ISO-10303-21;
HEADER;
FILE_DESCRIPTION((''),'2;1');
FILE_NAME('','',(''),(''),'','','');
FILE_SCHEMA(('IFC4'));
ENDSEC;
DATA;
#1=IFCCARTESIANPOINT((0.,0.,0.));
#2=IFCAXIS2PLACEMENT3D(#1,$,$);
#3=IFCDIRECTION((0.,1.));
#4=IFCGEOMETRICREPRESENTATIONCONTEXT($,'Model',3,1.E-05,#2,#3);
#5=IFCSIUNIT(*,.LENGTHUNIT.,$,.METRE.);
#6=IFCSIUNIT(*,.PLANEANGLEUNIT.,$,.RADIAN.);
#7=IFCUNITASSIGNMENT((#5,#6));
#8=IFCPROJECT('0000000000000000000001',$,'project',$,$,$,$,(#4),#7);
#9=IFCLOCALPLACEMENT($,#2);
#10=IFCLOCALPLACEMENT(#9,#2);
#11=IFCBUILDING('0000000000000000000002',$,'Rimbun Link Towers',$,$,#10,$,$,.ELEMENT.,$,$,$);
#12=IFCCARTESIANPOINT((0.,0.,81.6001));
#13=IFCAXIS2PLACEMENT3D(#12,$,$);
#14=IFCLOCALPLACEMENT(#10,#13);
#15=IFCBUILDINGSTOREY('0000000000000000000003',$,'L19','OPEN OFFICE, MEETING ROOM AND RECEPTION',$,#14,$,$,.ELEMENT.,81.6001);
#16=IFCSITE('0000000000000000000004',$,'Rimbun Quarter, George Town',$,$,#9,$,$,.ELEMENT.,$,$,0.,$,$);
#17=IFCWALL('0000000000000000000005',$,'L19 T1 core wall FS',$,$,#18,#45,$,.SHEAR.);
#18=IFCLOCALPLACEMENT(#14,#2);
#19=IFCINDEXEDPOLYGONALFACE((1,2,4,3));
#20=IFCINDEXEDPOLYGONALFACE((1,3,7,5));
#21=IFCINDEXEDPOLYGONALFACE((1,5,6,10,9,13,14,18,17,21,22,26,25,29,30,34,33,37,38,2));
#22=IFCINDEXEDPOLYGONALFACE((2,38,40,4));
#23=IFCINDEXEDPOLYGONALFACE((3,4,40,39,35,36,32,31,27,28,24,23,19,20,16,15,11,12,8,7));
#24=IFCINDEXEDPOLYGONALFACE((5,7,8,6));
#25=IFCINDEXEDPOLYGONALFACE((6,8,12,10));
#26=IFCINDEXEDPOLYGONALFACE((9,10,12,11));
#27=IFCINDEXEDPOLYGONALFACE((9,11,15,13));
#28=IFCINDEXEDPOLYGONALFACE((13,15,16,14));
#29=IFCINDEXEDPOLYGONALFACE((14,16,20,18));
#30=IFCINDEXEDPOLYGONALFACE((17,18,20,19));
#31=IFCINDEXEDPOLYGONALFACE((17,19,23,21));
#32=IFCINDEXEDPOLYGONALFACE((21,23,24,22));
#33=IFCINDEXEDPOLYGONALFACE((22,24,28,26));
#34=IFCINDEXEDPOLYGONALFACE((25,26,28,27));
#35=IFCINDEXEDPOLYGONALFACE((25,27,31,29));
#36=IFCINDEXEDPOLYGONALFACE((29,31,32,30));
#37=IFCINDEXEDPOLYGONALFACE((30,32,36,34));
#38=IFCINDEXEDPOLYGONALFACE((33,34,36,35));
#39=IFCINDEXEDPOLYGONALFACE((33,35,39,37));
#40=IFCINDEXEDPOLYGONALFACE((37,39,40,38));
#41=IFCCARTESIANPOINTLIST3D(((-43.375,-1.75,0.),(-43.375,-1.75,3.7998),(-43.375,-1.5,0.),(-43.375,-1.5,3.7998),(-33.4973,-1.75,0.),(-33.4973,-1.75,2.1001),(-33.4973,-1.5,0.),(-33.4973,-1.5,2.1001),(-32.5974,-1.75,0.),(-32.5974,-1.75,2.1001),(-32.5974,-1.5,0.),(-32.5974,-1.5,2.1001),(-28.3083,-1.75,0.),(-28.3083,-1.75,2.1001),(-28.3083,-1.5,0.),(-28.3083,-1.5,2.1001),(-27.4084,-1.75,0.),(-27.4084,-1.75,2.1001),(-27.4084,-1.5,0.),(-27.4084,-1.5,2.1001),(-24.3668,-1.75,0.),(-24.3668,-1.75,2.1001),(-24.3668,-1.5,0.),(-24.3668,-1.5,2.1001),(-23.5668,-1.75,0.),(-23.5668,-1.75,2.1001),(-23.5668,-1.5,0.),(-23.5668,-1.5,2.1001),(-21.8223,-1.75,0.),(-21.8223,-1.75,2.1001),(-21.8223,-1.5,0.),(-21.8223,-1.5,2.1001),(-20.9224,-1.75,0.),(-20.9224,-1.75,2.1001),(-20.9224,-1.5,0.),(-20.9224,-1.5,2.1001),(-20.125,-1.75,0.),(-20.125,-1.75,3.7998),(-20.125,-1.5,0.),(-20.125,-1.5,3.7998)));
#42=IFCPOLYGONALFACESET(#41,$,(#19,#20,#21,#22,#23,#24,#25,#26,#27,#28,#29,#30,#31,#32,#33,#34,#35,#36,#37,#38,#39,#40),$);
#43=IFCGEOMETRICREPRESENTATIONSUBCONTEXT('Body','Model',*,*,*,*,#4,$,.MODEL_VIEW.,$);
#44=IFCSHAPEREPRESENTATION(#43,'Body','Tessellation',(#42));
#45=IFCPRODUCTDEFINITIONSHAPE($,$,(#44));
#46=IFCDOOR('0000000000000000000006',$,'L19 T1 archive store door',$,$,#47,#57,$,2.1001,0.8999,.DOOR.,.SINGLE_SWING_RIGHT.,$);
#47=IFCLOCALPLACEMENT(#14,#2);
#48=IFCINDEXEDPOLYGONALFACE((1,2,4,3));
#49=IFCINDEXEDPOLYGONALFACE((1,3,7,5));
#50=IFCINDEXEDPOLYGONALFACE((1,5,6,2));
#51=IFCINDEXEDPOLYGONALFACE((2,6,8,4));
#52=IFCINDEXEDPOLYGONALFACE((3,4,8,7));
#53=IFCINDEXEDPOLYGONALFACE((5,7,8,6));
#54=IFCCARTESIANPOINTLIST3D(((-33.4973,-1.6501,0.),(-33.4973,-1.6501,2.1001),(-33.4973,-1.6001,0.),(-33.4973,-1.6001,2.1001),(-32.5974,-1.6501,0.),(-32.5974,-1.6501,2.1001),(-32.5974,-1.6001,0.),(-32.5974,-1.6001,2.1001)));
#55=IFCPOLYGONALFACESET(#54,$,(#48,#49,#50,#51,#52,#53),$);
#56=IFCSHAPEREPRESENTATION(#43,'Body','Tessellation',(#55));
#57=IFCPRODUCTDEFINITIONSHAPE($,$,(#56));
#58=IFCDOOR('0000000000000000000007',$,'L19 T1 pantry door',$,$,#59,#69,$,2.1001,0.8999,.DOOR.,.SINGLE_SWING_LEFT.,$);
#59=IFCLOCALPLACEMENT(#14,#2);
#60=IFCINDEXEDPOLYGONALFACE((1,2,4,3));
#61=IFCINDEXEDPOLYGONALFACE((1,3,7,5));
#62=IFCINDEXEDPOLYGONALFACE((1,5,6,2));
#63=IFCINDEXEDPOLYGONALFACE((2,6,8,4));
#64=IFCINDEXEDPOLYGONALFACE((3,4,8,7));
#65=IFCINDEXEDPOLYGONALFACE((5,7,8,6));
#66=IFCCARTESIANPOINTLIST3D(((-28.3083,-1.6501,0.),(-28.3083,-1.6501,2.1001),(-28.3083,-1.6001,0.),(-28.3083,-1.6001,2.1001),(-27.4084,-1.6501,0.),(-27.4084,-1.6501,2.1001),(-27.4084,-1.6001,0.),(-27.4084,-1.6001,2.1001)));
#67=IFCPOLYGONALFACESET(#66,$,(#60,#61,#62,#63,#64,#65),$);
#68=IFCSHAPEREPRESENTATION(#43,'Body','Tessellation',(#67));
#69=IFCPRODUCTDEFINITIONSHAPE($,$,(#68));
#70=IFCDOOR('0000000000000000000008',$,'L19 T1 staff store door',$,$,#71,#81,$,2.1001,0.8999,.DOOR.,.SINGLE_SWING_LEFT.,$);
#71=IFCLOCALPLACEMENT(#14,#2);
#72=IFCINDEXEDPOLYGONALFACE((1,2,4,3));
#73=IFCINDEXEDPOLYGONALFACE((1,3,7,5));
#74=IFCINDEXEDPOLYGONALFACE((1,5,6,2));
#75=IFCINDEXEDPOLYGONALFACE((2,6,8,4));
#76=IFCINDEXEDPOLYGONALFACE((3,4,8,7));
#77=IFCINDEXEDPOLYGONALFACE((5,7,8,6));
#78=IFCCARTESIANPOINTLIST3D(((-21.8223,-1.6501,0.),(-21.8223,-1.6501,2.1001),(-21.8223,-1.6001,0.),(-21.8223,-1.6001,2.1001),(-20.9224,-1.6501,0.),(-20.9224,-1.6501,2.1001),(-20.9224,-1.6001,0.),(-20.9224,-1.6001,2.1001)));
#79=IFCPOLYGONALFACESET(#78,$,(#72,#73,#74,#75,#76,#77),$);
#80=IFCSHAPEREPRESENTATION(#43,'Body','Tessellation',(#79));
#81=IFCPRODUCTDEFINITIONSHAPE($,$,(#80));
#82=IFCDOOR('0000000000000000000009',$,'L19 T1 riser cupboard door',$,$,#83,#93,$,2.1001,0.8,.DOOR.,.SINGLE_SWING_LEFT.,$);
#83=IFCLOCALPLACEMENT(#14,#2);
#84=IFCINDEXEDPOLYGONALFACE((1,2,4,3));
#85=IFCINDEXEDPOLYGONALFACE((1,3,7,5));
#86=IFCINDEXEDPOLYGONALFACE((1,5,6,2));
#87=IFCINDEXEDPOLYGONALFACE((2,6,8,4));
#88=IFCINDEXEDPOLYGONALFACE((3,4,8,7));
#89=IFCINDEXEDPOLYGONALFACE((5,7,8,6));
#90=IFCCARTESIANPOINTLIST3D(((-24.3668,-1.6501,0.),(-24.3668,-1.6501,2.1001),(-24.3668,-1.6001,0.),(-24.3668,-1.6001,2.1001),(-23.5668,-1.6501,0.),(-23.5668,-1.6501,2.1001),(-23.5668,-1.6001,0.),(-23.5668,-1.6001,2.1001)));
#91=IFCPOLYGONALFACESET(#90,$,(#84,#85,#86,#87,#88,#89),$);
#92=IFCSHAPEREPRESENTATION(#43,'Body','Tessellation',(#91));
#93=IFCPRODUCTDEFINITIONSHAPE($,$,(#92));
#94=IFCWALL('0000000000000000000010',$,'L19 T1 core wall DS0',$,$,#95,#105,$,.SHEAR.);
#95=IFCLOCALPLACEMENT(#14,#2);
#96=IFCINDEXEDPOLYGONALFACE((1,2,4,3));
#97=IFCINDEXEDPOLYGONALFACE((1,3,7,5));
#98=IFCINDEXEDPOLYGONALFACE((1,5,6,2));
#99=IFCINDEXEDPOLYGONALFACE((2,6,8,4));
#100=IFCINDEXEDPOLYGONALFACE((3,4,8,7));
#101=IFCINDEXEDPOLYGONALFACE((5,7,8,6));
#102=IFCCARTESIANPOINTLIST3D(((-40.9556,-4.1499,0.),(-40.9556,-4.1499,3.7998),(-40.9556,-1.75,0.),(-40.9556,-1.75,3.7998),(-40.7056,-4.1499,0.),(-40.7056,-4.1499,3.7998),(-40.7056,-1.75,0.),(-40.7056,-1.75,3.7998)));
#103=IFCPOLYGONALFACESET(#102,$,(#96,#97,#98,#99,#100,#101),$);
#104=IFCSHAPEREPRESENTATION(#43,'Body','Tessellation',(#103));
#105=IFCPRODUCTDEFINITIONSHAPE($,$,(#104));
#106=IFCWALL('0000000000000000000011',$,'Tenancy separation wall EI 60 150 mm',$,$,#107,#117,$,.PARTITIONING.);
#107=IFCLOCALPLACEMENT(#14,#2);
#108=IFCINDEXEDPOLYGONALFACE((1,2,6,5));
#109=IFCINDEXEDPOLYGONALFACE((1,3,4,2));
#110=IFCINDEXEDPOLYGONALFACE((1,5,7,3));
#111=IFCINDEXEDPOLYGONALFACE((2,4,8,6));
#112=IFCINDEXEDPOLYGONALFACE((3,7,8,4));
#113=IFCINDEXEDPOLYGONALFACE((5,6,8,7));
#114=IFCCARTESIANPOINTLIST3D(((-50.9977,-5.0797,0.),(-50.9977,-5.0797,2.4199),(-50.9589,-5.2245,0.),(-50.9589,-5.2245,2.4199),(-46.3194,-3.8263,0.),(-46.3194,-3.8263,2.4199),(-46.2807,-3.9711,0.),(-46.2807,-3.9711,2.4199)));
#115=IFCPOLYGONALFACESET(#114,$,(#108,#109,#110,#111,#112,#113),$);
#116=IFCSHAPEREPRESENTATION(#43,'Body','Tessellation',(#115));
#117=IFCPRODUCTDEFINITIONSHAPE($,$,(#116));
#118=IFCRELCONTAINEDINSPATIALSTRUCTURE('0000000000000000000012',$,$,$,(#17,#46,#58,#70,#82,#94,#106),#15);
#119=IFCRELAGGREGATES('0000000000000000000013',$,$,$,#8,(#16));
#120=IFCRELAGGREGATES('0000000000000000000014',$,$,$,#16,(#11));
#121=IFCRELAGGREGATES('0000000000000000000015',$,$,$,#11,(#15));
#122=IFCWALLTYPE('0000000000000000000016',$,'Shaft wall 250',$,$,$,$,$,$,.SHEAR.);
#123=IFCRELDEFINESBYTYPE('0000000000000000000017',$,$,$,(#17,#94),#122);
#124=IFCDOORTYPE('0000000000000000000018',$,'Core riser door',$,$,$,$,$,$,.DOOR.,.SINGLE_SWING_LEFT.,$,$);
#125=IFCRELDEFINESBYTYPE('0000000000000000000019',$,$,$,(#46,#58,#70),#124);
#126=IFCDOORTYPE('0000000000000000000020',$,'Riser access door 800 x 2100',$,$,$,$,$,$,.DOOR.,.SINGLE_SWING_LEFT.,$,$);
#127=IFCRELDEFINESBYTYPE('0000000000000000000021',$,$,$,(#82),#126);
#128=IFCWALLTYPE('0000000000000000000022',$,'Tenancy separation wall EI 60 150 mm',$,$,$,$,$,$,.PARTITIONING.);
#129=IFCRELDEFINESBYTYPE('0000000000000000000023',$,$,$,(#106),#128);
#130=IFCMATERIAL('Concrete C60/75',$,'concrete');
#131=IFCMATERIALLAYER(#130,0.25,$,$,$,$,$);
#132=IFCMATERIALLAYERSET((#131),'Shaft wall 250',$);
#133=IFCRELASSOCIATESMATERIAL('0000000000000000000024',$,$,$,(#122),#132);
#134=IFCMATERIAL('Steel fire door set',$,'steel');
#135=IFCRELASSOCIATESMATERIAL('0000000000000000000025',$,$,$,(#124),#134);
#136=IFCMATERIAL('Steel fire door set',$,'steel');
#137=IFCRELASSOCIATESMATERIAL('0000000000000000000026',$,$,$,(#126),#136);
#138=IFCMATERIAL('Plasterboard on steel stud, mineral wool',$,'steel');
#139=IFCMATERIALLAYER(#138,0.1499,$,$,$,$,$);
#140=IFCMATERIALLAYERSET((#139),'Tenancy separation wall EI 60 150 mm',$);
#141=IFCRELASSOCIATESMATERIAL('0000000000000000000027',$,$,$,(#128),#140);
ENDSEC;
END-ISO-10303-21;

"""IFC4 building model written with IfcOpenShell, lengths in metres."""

from ifc_helpers import new_model, si_unit, direction, frame, frame_2d, origin, place, context, subcontext, project, spatial, rectangle, extrude, material, layer, layer_set, type_object, element, fill, save


model = new_model("IFC4")

# Units and contexts
model_context = context("Model", 3, precision=1e-05, world=origin(), true_north=direction((0.0, 1.0)))
body_context = subcontext(model_context, "Body", "Model", "MODEL_VIEW")
ifc_project = project(units=[si_unit("LENGTHUNIT", "METRE"), si_unit("PLANEANGLEUNIT", "RADIAN")], contexts=[model_context])

# Site, building, storey
site_placement = place(None, origin())
site = spatial("IfcSite", under=ifc_project, at=site_placement, Name="Rimbun Quarter, George Town", CompositionType="ELEMENT", RefElevation=0.0)
building_placement = place(site_placement, origin())
building = spatial("IfcBuilding", under=site, at=building_placement, Name="Rimbun Link Towers", CompositionType="ELEMENT")
storey_placement = place(building_placement, frame((0.0, 0.0, 81.6001)))
storey = spatial("IfcBuildingStorey", under=building, at=storey_placement, Name="L19", Description="OPEN OFFICE, MEETING ROOM AND RECEPTION", CompositionType="ELEMENT", Elevation=81.6001)

# Shared definitions
ifc_material_1 = material(Name="Concrete C60/75", Category="concrete")
ifc_layer_1 = layer(ifc_material_1, 0.25)
ifc_layer_set_1 = layer_set([ifc_layer_1], Name="Shaft wall 250")
wall_type_1 = type_object("IfcWallType", Name="Shaft wall 250", PredefinedType="SHEAR", material=ifc_layer_set_1)

# Wall, openings, doors
wall_1_placement = place(storey_placement, frame((-43.375, -1.625, 0.0), z_axis=(0.0, 0.0, 1.0), x_axis=(1.0, 0.0, 0.0)))
wall_1 = element("IfcWall", 1, at=wall_1_placement, inside=storey, type_object=wall_type_1, Name="L19 T1 core wall FS", PredefinedType="SHEAR", context=body_context, shape_type="SweptSolid", body=[
    extrude(rectangle(XDim=23.25, YDim=0.25, at=frame_2d((11.625, 0.0))), origin(), (0.0, 0.0, 1.0), 3.7998),
])
opening_1_placement = place(wall_1_placement, frame((9.8777, 0.0, 0.0)))
opening_1 = element("IfcOpeningElement", 2, at=opening_1_placement, cuts=wall_1, PredefinedType="OPENING", context=body_context, shape_type="SweptSolid", body=[
    extrude(rectangle(XDim=0.8999, YDim=2.1001, at=frame_2d((0.45, 1.05))), frame((0.0, 0.135, 0.0), z_axis=(0.0, -1.0, 0.0), x_axis=(1.0, 0.0, 0.0)), (0.0, 0.0, 1.0), 0.27),
])
opening_2_placement = place(wall_1_placement, frame((15.0667, 0.0, 0.0)))
opening_2 = element("IfcOpeningElement", 3, at=opening_2_placement, cuts=wall_1, PredefinedType="OPENING", context=body_context, shape_type="SweptSolid", body=[
    extrude(rectangle(XDim=0.8999, YDim=2.1001, at=frame_2d((0.45, 1.05))), frame((0.0, 0.135, 0.0), z_axis=(0.0, -1.0, 0.0), x_axis=(1.0, 0.0, 0.0)), (0.0, 0.0, 1.0), 0.27),
])
opening_3_placement = place(wall_1_placement, frame((19.0083, 0.0, 0.0)))
opening_3 = element("IfcOpeningElement", 4, at=opening_3_placement, cuts=wall_1, PredefinedType="OPENING", context=body_context, shape_type="SweptSolid", body=[
    extrude(rectangle(XDim=0.8, YDim=2.1001, at=frame_2d((0.3999, 1.05))), frame((0.0, 0.135, 0.0), z_axis=(0.0, -1.0, 0.0), x_axis=(1.0, 0.0, 0.0)), (0.0, 0.0, 1.0), 0.27),
])
opening_4_placement = place(wall_1_placement, frame((21.5527, 0.0, 0.0)))
opening_4 = element("IfcOpeningElement", 5, at=opening_4_placement, cuts=wall_1, PredefinedType="OPENING", context=body_context, shape_type="SweptSolid", body=[
    extrude(rectangle(XDim=0.8999, YDim=2.1001, at=frame_2d((0.45, 1.05))), frame((0.0, 0.135, 0.0), z_axis=(0.0, -1.0, 0.0), x_axis=(1.0, 0.0, 0.0)), (0.0, 0.0, 1.0), 0.27),
])
ifc_material_2 = material(Name="Steel fire door set", Category="steel")
door_type_1 = type_object("IfcDoorType", Name="Core riser door", OperationType="SINGLE_SWING_LEFT", PredefinedType="DOOR", material=ifc_material_2)
door_1_placement = place(opening_1_placement, origin())
door_1 = element("IfcDoor", 6, at=door_1_placement, inside=storey, type_object=door_type_1, Name="L19 T1 archive store door", OperationType="SINGLE_SWING_RIGHT", OverallHeight=2.1001, OverallWidth=0.8999, PredefinedType="DOOR", context=body_context, shape_type="SweptSolid", body=[
    extrude(rectangle(XDim=0.8999, YDim=2.1001, at=frame_2d((0.45, 1.05))), frame((0.0, 0.0249, 0.0), z_axis=(0.0, -1.0, 0.0), x_axis=(1.0, 0.0, 0.0)), (0.0, 0.0, 1.0), 0.05),
])
fill(opening_1, door_1)
door_2_placement = place(opening_2_placement, origin())
door_2 = element("IfcDoor", 7, at=door_2_placement, inside=storey, type_object=door_type_1, Name="L19 T1 pantry door", OperationType="SINGLE_SWING_LEFT", OverallHeight=2.1001, OverallWidth=0.8999, PredefinedType="DOOR", context=body_context, shape_type="SweptSolid", body=[
    extrude(rectangle(XDim=0.8999, YDim=2.1001, at=frame_2d((0.45, 1.05))), frame((0.0, 0.0249, 0.0), z_axis=(0.0, -1.0, 0.0), x_axis=(1.0, 0.0, 0.0)), (0.0, 0.0, 1.0), 0.05),
])
fill(opening_2, door_2)
door_3_placement = place(opening_4_placement, origin())
door_3 = element("IfcDoor", 8, at=door_3_placement, inside=storey, type_object=door_type_1, Name="L19 T1 staff store door", OperationType="SINGLE_SWING_LEFT", OverallHeight=2.1001, OverallWidth=0.8999, PredefinedType="DOOR", context=body_context, shape_type="SweptSolid", body=[
    extrude(rectangle(XDim=0.8999, YDim=2.1001, at=frame_2d((0.45, 1.05))), frame((0.0, 0.0249, 0.0), z_axis=(0.0, -1.0, 0.0), x_axis=(1.0, 0.0, 0.0)), (0.0, 0.0, 1.0), 0.05),
])
fill(opening_4, door_3)
ifc_material_3 = material(Name="Steel fire door set", Category="steel")
door_type_2 = type_object("IfcDoorType", Name="Riser access door 800 x 2100", OperationType="SINGLE_SWING_LEFT", PredefinedType="DOOR", material=ifc_material_3)
door_4_placement = place(opening_3_placement, origin())
door_4 = element("IfcDoor", 9, at=door_4_placement, inside=storey, type_object=door_type_2, Name="L19 T1 riser cupboard door", OperationType="SINGLE_SWING_LEFT", OverallHeight=2.1001, OverallWidth=0.8, PredefinedType="DOOR", context=body_context, shape_type="SweptSolid", body=[
    extrude(rectangle(XDim=0.8, YDim=2.1001, at=frame_2d((0.3999, 1.05))), frame((0.0, 0.0249, 0.0), z_axis=(0.0, -1.0, 0.0), x_axis=(1.0, 0.0, 0.0)), (0.0, 0.0, 1.0), 0.05),
])
fill(opening_3, door_4)

# Walls
wall_2_placement = place(storey_placement, frame((-40.8306, -4.1499, 0.0), z_axis=(0.0, 0.0, 1.0), x_axis=(0.0, 1.0, 0.0)))
element("IfcWall", 10, at=wall_2_placement, inside=storey, type_object=wall_type_1, Name="L19 T1 core wall DS0", PredefinedType="SHEAR", context=body_context, shape_type="SweptSolid", body=[
    extrude(rectangle(XDim=2.3999, YDim=0.25, at=frame_2d((1.2, 0.0))), origin(), (0.0, 0.0, 1.0), 3.7998),
])
ifc_material_4 = material(Name="Plasterboard on steel stud, mineral wool", Category="steel")
ifc_layer_2 = layer(ifc_material_4, 0.1499)
ifc_layer_set_2 = layer_set([ifc_layer_2], Name="Tenancy separation wall EI 60 150 mm")
wall_type_2 = type_object("IfcWallType", Name="Tenancy separation wall EI 60 150 mm", PredefinedType="PARTITIONING", material=ifc_layer_set_2)
wall_3_placement = place(storey_placement, frame((-46.3, -3.8987, 0.0), z_axis=(0.0, 0.0, 1.0), x_axis=(-0.965931, -0.258798, 0.0)))
element("IfcWall", 11, at=wall_3_placement, inside=storey, type_object=wall_type_2, Name="Tenancy separation wall EI 60 150 mm", PredefinedType="PARTITIONING", context=body_context, shape_type="SweptSolid", body=[
    extrude(rectangle(XDim=4.8433, YDim=0.1499, at=frame_2d((2.4216, 0.0))), origin(), (0.0, 0.0, 1.0), 2.4199),
])

save(model, "model.ifc")
